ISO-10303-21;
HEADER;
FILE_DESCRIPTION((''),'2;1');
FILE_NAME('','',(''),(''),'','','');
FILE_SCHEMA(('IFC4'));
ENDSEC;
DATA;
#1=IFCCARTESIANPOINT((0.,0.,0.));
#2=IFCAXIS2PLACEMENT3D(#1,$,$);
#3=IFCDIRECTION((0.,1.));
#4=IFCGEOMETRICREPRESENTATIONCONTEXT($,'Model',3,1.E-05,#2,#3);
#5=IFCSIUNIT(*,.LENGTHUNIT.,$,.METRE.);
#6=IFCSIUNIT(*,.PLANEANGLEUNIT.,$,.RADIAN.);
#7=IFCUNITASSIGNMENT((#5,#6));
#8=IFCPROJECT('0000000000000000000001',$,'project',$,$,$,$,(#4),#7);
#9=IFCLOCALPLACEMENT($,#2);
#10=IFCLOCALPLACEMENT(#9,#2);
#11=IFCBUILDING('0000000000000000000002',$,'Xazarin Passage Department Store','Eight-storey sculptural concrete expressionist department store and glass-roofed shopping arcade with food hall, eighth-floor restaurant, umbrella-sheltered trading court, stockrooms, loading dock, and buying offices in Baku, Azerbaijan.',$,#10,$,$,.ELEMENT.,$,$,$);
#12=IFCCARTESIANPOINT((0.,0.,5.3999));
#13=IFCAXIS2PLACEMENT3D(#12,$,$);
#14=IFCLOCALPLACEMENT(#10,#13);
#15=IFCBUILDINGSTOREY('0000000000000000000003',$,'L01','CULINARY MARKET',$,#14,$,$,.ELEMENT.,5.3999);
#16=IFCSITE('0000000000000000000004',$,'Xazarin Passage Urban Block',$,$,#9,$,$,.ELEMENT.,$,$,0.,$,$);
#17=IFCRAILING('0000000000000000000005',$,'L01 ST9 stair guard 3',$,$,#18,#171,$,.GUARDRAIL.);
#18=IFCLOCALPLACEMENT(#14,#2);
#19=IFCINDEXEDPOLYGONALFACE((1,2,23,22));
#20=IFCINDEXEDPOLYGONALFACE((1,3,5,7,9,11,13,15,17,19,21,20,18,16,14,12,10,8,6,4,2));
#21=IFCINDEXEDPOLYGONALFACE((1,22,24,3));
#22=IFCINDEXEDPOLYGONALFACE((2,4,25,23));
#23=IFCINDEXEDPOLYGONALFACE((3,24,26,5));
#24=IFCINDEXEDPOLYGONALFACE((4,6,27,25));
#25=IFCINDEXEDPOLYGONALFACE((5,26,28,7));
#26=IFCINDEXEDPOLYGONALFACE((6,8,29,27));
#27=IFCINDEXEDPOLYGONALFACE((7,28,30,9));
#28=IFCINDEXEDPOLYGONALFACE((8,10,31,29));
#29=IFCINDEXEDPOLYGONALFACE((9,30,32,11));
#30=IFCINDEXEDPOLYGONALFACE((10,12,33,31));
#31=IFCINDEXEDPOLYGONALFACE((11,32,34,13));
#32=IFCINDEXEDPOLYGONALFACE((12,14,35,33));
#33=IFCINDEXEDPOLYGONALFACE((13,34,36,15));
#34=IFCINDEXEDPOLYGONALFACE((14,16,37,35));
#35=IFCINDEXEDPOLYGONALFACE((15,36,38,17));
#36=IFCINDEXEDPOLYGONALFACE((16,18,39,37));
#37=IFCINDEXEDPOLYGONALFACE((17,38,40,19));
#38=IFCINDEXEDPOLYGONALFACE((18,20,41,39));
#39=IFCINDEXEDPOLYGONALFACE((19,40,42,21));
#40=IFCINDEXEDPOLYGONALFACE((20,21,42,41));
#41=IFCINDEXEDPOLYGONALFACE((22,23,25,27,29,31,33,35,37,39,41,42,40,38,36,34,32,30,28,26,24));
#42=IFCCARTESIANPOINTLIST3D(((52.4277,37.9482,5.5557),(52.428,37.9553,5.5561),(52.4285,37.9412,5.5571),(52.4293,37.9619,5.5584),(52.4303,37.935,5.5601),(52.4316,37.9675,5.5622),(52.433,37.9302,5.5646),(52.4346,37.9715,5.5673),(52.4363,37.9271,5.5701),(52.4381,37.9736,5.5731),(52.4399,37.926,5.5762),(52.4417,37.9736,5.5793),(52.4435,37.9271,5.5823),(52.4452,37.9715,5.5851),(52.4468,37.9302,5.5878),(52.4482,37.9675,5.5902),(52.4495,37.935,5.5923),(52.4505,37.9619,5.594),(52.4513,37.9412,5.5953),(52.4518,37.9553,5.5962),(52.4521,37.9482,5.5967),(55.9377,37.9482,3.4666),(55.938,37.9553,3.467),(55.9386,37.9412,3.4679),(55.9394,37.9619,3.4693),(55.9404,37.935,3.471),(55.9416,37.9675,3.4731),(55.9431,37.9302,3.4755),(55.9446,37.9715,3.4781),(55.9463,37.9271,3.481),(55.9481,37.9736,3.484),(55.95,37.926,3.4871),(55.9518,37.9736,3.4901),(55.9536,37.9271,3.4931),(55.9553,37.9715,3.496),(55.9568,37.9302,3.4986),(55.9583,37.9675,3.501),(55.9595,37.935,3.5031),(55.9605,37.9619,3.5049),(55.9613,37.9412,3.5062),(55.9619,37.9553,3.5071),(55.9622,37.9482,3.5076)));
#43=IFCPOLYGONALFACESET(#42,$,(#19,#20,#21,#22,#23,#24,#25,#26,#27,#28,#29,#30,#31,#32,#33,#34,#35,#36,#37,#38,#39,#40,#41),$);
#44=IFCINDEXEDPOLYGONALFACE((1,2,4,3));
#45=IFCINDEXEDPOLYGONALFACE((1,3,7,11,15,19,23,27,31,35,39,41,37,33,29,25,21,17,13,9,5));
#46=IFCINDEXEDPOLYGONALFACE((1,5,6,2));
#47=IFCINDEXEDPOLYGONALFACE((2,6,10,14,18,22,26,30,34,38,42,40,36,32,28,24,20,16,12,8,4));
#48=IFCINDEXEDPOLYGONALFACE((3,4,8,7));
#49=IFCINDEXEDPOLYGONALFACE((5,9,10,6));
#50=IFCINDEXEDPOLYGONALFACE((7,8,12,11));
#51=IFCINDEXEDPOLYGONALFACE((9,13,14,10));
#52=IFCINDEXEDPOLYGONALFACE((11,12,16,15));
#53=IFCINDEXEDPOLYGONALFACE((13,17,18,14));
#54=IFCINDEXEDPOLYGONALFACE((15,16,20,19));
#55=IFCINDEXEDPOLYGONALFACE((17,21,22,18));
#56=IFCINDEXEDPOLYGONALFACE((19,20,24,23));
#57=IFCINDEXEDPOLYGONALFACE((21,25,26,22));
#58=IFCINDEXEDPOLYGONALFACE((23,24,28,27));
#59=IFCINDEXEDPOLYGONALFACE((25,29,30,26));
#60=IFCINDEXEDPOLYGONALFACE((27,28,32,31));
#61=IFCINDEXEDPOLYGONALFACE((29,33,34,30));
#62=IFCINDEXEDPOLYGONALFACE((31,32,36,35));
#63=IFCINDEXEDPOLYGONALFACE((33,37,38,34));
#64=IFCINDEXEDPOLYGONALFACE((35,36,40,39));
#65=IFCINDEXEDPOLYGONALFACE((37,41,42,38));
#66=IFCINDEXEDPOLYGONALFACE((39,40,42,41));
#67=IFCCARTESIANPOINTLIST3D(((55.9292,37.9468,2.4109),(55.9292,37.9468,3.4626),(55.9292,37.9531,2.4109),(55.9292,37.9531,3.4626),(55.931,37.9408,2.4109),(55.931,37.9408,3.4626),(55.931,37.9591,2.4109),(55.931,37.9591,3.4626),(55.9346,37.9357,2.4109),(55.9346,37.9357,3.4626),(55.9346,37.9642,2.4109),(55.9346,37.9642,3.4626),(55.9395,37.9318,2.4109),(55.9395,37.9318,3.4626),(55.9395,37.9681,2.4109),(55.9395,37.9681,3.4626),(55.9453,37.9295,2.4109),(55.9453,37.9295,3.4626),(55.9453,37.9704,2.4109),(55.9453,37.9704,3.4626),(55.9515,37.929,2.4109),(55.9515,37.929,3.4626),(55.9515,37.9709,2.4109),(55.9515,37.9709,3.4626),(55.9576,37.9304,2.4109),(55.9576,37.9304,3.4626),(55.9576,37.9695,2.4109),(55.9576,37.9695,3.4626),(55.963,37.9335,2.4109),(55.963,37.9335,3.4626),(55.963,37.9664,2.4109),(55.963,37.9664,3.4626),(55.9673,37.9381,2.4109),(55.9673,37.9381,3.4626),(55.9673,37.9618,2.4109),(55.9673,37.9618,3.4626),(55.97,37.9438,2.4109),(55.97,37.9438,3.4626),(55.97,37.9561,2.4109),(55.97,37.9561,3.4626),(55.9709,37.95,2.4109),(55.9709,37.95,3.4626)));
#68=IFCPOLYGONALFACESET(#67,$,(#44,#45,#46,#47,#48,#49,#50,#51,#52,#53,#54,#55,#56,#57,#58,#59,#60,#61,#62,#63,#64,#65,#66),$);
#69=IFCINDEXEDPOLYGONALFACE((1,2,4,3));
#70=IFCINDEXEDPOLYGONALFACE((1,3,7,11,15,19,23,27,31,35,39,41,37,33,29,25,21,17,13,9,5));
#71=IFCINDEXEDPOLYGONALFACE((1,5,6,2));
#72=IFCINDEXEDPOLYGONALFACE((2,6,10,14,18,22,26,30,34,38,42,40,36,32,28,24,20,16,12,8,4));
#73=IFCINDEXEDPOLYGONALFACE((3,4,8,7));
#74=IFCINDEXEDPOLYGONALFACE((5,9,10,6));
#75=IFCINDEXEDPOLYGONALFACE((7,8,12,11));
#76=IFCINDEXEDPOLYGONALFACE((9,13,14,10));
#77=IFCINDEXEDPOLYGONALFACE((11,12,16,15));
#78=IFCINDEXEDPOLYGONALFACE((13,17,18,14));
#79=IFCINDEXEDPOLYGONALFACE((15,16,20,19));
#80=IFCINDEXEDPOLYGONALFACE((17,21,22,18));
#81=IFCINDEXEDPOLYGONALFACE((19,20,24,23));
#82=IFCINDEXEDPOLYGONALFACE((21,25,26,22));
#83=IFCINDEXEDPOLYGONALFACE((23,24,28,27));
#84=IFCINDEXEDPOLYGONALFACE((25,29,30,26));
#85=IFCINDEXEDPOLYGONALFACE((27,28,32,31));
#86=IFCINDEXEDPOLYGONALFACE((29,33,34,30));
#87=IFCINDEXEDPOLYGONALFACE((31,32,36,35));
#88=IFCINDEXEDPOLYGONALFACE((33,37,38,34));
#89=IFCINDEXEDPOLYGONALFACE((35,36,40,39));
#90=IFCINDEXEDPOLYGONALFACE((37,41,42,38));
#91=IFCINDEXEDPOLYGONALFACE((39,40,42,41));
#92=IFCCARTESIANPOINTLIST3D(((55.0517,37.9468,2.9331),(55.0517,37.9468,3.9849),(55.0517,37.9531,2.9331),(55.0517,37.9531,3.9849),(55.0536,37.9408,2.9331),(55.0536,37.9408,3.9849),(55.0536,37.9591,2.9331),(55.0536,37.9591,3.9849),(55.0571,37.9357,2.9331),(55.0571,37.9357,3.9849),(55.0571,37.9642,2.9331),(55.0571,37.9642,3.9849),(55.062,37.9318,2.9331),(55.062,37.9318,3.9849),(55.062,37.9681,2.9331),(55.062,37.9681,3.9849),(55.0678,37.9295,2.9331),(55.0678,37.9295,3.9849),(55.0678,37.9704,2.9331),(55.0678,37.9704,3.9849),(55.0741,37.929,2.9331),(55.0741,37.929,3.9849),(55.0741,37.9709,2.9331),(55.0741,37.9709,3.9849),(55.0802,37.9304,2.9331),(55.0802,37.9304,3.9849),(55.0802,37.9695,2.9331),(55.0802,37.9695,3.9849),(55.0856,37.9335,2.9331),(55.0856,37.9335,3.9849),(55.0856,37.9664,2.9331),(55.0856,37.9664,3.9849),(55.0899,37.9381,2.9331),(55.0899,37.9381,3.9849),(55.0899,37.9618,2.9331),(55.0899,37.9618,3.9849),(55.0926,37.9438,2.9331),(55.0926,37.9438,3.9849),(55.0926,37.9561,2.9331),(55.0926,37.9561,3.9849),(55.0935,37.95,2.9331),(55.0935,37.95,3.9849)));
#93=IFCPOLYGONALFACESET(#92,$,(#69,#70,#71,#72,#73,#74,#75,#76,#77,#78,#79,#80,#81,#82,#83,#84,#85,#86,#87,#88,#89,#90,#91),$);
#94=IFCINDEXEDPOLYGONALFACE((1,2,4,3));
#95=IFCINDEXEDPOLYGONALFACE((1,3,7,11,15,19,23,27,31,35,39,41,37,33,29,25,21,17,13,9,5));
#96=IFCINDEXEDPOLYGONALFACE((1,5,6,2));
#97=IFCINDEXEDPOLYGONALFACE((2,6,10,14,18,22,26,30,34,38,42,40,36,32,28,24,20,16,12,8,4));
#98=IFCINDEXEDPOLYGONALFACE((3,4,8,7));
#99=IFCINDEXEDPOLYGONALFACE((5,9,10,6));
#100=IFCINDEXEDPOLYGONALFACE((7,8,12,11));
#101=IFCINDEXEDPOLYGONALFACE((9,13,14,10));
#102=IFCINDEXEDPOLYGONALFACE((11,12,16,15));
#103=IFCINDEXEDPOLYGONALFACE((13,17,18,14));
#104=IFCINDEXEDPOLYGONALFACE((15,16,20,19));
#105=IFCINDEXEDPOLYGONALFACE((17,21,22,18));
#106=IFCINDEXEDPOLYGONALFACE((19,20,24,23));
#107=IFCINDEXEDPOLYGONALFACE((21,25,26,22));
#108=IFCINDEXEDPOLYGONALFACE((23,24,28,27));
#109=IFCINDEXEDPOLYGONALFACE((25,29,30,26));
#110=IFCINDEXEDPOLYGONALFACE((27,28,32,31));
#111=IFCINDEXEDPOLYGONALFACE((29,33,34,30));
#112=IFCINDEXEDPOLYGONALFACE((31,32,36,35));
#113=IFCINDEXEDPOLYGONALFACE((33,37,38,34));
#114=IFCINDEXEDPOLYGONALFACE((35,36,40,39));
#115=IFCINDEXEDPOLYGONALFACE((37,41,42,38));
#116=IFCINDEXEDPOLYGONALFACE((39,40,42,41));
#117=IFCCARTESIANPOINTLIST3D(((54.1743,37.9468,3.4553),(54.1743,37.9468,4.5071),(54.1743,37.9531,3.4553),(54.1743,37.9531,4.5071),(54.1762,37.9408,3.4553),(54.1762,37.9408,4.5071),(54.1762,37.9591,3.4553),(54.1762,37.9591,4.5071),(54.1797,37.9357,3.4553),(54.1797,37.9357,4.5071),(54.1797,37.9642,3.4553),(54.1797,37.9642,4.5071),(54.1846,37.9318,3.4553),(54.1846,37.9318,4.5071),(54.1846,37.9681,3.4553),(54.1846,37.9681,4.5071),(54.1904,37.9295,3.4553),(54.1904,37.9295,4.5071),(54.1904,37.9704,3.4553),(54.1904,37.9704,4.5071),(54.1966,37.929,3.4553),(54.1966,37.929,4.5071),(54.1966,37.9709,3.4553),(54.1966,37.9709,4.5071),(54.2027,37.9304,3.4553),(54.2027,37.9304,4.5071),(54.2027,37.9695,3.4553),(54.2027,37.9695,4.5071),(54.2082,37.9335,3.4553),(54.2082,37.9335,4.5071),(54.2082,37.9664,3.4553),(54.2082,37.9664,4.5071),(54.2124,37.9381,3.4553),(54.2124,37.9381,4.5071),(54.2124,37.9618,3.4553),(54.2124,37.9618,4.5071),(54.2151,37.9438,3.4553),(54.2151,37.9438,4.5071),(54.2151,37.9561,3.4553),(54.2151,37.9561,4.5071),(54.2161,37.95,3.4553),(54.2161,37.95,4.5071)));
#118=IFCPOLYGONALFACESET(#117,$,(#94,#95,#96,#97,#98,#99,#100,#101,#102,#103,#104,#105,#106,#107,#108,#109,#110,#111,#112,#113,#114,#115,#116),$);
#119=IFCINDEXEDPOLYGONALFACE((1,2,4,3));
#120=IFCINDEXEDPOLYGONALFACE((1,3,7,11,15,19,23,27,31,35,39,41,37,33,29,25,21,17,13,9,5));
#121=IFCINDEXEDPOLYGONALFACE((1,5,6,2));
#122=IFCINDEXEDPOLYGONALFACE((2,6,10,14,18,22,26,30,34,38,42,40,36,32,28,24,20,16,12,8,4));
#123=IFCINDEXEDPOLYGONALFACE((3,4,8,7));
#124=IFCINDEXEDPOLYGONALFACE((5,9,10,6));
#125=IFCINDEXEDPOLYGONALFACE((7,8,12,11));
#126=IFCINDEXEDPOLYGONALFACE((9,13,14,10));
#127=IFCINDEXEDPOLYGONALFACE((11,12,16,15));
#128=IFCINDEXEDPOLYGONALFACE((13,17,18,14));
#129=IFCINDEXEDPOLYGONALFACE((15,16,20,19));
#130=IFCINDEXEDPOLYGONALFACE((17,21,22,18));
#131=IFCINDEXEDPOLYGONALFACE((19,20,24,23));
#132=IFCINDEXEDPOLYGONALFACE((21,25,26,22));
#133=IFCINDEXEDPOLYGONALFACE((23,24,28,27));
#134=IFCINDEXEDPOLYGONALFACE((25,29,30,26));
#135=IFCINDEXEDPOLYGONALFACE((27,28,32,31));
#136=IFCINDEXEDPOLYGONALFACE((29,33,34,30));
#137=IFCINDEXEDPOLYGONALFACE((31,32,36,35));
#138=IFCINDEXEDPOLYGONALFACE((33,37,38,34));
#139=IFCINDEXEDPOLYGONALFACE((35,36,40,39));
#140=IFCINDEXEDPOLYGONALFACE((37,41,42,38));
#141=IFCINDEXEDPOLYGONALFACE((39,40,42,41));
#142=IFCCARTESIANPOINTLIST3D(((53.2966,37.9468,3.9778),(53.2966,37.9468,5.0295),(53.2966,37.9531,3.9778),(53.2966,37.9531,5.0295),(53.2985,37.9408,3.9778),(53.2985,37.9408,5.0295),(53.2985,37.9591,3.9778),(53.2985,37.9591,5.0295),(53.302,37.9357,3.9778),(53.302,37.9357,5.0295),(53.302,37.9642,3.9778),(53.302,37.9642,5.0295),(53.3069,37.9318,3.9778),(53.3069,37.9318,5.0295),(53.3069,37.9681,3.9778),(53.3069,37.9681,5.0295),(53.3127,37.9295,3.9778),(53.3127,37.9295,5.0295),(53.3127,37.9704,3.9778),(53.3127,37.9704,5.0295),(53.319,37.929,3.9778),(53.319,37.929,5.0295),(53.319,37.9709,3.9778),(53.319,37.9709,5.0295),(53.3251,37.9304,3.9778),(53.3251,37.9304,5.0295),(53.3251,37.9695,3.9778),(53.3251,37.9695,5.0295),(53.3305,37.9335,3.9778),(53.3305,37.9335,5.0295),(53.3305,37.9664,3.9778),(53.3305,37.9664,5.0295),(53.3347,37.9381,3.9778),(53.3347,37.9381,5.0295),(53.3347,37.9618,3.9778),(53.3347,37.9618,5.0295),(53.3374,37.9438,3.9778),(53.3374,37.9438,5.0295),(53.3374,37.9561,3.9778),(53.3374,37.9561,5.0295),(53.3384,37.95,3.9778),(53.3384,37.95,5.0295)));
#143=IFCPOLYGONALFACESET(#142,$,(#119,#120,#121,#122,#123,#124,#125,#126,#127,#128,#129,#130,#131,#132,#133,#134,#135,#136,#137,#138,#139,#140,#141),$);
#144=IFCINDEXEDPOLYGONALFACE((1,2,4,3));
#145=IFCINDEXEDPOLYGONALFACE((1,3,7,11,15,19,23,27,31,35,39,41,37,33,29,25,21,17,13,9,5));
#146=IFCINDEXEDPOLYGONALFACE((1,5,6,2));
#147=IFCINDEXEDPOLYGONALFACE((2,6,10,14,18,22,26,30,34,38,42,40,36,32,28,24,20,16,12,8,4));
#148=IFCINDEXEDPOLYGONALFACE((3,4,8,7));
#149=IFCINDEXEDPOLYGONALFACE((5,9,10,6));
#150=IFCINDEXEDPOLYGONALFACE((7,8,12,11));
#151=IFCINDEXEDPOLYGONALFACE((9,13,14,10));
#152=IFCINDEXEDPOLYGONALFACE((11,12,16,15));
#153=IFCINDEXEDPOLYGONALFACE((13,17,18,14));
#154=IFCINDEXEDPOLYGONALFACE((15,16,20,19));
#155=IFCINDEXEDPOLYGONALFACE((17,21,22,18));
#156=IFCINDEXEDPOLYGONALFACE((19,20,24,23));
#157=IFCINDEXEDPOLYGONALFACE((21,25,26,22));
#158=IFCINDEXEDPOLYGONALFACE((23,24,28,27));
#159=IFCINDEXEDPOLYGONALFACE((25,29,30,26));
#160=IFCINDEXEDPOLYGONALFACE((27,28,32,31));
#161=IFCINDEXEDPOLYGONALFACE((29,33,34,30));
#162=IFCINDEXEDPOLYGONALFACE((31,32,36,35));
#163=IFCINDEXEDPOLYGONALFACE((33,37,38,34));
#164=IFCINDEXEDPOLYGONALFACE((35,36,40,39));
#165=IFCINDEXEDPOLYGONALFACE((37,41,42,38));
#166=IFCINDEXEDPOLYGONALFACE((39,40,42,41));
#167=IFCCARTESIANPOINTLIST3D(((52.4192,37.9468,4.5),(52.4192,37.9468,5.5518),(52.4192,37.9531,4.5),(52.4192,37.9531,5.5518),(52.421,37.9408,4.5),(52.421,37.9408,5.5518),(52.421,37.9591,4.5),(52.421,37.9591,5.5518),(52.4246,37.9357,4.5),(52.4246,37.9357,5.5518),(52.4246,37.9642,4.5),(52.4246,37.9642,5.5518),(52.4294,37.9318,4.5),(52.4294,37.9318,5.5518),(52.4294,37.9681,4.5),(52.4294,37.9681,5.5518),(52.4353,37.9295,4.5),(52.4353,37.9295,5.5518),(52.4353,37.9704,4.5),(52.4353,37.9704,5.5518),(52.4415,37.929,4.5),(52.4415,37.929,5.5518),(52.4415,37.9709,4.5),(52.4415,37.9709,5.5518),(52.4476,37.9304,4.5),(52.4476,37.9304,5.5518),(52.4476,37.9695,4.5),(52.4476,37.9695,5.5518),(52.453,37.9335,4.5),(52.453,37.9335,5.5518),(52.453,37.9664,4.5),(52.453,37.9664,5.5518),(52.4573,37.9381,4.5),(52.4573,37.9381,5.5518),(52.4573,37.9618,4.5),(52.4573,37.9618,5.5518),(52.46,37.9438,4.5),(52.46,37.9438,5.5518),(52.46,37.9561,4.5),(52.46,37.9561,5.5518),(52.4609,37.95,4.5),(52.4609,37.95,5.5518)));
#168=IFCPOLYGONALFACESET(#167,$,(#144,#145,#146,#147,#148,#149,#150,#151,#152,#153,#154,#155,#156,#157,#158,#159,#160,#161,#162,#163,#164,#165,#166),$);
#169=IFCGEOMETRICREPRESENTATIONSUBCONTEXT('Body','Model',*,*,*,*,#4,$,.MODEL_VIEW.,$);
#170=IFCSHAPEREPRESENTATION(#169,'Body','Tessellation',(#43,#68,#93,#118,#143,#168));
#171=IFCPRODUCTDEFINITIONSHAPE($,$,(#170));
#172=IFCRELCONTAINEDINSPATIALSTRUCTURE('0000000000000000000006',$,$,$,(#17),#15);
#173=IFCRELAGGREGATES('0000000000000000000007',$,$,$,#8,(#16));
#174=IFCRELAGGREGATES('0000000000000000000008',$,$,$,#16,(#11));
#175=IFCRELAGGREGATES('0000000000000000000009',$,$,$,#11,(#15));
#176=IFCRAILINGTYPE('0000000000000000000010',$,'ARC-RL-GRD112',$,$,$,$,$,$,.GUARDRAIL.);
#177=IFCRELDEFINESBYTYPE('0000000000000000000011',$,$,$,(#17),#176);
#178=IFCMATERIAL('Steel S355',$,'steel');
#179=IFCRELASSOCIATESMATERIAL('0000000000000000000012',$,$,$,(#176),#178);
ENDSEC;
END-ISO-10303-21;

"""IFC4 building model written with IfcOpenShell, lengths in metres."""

from ifc_helpers import new_model, si_unit, direction, frame, origin, origin_2d, place, context, subcontext, project, spatial, circle, extrude, material, type_object, element, save


model = new_model("IFC4")

# Units and contexts
model_context = context("Model", 3, precision=1e-05, world=origin(), true_north=direction((0.0, 1.0)))
body_context = subcontext(model_context, "Body", "Model", "MODEL_VIEW")
ifc_project = project(units=[si_unit("LENGTHUNIT", "METRE"), si_unit("PLANEANGLEUNIT", "RADIAN")], contexts=[model_context])

# Site, building, storey
site_placement = place(None, origin())
site = spatial("IfcSite", under=ifc_project, at=site_placement, Name="Xazarin Passage Urban Block", CompositionType="ELEMENT", RefElevation=0.0)
building_placement = place(site_placement, origin())
building = spatial("IfcBuilding", under=site, at=building_placement, Name="Xazarin Passage Department Store", Description="Eight-storey sculptural concrete expressionist department store and glass-roofed shopping arcade with food hall, eighth-floor restaurant, umbrella-sheltered trading court, stockrooms, loading dock, and buying offices in Baku, Azerbaijan.", CompositionType="ELEMENT")
storey_placement = place(building_placement, frame((0.0, 0.0, 5.3999)))
storey = spatial("IfcBuildingStorey", under=building, at=storey_placement, Name="L01", Description="CULINARY MARKET", CompositionType="ELEMENT", Elevation=5.3999)

# Shared definitions
ifc_material_1 = material(Name="Steel S355", Category="steel")

# Railing
railing_type_1 = type_object("IfcRailingType", Name="ARC-RL-GRD112", PredefinedType="GUARDRAIL", material=ifc_material_1)
railing_1_placement = place(storey_placement, frame((55.95, 37.95, 2.4109)))
element("IfcRailing", 1, at=railing_1_placement, inside=storey, type_object=railing_type_1, Name="L01 ST9 stair guard 3", PredefinedType="GUARDRAIL", context=body_context, shape_type="SweptSolid", body=[
    extrude(circle(Radius=0.0239, at=origin_2d()), frame((0.0, 0.0, 1.0762), z_axis=(-0.859312, 0.0, 0.511451), x_axis=(0.0, -1.0, 0.0)), (0.0, 0.0, 1.0), 4.0847),
    extrude(circle(Radius=0.021, at=origin_2d()), origin(), (0.0, 0.0, 1.0), 1.0518),
    extrude(circle(Radius=0.021, at=origin_2d()), frame((-0.8774, 0.0, 0.5222)), (0.0, 0.0, 1.0), 1.0518),
    extrude(circle(Radius=0.021, at=origin_2d()), frame((-1.7549, 0.0, 1.0444)), (0.0, 0.0, 1.0), 1.0518),
    extrude(circle(Radius=0.021, at=origin_2d()), frame((-2.6326, 0.0, 1.5669)), (0.0, 0.0, 1.0), 1.0518),
    extrude(circle(Radius=0.021, at=origin_2d()), frame((-3.51, 0.0, 2.0891)), (0.0, 0.0, 1.0), 1.0518),
])

save(model, "model.ifc")
